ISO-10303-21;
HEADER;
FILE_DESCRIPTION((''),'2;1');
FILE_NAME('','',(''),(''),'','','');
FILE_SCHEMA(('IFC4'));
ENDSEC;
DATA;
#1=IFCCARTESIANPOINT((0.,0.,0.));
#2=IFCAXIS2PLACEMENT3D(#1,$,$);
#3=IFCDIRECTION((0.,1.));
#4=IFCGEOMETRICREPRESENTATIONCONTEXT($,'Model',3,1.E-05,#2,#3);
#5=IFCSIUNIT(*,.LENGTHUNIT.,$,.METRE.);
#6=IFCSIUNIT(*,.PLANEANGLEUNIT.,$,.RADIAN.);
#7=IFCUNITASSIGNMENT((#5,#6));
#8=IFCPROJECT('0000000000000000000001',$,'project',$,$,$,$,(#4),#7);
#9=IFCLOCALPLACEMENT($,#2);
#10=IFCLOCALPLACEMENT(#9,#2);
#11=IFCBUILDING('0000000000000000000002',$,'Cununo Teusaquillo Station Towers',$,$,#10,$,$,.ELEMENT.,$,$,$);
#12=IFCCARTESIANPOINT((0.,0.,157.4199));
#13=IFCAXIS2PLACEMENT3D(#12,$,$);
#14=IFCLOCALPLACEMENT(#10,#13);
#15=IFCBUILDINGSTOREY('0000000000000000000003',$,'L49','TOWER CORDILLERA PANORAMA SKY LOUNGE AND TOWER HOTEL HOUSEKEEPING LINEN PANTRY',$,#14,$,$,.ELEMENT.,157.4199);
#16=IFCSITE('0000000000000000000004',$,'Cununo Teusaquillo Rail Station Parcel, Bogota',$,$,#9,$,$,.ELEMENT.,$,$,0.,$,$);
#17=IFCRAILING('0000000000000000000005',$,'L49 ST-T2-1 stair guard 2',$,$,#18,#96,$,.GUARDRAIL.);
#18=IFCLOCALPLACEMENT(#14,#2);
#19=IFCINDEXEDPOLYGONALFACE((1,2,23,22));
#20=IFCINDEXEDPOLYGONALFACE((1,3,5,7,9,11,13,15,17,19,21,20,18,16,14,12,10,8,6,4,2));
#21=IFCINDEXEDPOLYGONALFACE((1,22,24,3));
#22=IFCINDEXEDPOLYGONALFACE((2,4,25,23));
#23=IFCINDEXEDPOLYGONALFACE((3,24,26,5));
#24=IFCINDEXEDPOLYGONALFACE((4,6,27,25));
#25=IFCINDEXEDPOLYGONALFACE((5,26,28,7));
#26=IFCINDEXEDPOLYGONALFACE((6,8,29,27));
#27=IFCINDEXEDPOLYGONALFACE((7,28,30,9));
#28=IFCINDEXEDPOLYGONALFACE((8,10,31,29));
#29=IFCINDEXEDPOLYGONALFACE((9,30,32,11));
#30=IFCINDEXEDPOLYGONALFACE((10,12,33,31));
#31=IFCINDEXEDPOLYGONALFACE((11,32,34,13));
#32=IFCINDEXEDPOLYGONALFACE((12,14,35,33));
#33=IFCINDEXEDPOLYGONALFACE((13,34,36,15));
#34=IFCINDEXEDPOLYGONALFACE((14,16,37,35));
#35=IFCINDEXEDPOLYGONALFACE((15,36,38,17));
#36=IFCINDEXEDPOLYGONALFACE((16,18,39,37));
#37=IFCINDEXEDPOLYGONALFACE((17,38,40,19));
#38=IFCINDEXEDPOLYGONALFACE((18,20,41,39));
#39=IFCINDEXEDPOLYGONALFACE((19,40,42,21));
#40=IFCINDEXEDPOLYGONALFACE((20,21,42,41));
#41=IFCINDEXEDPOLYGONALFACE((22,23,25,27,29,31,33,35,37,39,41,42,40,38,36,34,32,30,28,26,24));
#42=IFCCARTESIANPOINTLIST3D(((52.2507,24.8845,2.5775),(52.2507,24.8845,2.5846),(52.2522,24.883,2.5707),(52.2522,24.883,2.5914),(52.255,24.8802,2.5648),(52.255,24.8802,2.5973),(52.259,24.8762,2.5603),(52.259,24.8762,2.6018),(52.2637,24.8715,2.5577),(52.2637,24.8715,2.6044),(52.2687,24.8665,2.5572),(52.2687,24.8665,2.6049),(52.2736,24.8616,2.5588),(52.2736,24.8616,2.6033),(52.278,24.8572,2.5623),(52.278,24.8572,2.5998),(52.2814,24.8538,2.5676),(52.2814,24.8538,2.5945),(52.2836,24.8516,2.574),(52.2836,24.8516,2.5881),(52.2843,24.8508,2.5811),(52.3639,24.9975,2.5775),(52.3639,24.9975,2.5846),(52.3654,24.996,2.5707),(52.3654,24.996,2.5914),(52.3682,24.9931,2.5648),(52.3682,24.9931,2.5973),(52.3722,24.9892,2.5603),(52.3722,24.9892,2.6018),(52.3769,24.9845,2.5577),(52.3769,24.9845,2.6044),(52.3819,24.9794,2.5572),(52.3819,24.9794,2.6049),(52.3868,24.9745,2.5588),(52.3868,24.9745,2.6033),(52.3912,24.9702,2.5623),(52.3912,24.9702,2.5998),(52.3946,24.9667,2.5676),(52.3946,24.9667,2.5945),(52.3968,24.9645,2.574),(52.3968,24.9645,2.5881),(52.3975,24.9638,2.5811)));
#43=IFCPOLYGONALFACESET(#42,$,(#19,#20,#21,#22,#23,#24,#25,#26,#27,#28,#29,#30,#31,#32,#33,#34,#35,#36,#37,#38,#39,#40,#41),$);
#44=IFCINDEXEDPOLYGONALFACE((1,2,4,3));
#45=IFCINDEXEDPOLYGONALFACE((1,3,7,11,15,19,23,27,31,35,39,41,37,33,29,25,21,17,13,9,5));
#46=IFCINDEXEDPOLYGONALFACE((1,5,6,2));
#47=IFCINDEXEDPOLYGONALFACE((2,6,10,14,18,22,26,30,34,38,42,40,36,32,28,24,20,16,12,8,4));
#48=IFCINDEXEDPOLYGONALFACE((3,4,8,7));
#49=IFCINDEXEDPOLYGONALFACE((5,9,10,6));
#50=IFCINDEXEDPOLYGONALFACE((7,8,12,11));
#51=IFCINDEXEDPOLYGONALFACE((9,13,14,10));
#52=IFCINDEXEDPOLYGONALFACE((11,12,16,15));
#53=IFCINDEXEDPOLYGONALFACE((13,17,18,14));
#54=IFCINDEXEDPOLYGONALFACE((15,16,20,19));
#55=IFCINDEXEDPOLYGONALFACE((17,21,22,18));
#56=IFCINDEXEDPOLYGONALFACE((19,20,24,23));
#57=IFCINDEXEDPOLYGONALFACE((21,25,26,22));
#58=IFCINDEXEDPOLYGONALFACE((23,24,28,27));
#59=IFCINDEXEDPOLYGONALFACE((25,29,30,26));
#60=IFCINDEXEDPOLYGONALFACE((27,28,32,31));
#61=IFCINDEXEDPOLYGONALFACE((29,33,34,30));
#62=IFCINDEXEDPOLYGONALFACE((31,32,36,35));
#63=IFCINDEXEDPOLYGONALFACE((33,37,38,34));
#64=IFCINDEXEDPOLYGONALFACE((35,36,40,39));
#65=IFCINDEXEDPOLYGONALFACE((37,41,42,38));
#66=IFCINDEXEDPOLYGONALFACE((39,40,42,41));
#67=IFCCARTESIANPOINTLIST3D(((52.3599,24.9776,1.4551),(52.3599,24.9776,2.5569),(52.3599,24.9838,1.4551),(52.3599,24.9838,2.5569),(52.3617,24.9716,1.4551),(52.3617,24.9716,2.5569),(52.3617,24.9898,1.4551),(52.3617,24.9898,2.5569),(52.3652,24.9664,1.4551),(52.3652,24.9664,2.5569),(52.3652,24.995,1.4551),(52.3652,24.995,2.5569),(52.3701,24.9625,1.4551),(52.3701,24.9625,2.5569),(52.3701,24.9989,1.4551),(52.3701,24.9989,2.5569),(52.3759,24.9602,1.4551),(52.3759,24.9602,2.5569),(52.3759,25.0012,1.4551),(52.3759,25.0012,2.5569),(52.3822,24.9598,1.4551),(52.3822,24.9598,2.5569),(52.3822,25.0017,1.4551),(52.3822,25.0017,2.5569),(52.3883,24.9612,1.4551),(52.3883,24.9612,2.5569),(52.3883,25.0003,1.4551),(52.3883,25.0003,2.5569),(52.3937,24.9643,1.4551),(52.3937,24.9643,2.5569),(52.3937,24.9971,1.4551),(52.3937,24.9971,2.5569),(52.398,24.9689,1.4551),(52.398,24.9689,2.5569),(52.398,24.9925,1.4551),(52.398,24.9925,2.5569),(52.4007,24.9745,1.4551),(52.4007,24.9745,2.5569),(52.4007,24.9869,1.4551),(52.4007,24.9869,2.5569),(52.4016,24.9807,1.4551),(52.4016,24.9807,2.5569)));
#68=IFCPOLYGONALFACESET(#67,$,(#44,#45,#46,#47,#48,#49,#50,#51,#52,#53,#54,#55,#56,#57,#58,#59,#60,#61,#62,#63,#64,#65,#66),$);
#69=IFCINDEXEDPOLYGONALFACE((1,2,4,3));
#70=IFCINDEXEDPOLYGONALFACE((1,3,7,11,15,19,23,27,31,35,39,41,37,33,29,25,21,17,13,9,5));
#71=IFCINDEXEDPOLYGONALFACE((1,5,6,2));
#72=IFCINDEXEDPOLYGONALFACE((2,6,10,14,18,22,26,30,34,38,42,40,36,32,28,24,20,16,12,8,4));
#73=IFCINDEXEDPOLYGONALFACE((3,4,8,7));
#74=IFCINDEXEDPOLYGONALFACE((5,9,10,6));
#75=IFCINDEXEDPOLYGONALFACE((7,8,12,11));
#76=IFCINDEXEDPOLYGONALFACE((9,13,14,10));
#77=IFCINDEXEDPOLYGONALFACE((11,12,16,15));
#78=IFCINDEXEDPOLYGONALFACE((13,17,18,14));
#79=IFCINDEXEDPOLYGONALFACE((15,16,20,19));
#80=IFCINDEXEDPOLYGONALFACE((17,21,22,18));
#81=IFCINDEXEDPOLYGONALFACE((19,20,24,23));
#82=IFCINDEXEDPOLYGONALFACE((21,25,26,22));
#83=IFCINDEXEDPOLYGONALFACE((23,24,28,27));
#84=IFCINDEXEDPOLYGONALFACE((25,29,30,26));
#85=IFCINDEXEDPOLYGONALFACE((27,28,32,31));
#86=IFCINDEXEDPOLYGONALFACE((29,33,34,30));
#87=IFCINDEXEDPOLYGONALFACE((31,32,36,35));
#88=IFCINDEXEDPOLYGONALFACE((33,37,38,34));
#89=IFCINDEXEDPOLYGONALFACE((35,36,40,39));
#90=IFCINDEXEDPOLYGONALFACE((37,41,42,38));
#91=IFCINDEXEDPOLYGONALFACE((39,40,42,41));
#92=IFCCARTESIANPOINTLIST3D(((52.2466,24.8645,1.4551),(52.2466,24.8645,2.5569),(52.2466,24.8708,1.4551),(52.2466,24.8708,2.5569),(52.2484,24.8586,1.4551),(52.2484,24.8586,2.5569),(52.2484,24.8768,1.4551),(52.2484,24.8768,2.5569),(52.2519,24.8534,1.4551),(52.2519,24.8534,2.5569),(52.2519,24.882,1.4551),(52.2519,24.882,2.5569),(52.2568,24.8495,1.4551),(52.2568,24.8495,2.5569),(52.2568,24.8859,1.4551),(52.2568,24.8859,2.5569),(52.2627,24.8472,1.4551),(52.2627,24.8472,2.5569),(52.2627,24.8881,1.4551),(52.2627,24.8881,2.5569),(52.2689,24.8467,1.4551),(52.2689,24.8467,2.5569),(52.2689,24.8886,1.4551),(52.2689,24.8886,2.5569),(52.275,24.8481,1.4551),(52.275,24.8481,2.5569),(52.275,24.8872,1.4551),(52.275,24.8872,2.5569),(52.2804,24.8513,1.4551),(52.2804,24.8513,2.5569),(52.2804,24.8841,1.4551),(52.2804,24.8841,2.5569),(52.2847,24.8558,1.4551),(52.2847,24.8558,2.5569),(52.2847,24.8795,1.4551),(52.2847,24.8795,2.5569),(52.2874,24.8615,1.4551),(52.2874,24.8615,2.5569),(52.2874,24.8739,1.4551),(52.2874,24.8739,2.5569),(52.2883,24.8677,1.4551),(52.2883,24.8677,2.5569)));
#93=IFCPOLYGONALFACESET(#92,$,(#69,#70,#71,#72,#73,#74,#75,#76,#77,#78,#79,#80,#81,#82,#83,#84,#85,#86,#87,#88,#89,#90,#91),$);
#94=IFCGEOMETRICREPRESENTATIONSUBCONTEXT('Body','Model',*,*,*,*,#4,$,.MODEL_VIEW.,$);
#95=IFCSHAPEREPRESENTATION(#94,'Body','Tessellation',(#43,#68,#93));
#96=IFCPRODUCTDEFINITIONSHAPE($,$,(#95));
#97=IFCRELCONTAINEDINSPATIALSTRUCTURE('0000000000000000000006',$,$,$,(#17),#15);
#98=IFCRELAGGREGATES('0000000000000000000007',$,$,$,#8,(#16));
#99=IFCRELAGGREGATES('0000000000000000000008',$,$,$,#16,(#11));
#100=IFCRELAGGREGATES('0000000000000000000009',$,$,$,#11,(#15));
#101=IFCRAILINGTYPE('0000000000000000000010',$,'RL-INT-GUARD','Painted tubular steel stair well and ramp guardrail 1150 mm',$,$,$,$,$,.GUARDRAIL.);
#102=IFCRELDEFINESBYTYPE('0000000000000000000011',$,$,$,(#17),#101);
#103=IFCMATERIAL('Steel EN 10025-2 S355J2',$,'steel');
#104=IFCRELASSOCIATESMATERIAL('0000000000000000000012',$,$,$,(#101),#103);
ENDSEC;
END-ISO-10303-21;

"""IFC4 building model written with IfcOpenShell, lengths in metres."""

from ifc_helpers import new_model, si_unit, direction, frame, origin, origin_2d, place, context, subcontext, project, spatial, circle, extrude, material, type_object, element, save


model = new_model("IFC4")

# Units and contexts
model_context = context("Model", 3, precision=1e-05, world=origin(), true_north=direction((0.0, 1.0)))
body_context = subcontext(model_context, "Body", "Model", "MODEL_VIEW")
ifc_project = project(units=[si_unit("LENGTHUNIT", "METRE"), si_unit("PLANEANGLEUNIT", "RADIAN")], contexts=[model_context])

# Site, building, storey
site_placement = place(None, origin())
site = spatial("IfcSite", under=ifc_project, at=site_placement, Name="Cununo Teusaquillo Rail Station Parcel, Bogota", CompositionType="ELEMENT", RefElevation=0.0)
building_placement = place(site_placement, origin())
building = spatial("IfcBuilding", under=site, at=building_placement, Name="Cununo Teusaquillo Station Towers", CompositionType="ELEMENT")
storey_placement = place(building_placement, frame((0.0, 0.0, 157.4199)))
storey = spatial("IfcBuildingStorey", under=building, at=storey_placement, Name="L49", Description="TOWER CORDILLERA PANORAMA SKY LOUNGE AND TOWER HOTEL HOUSEKEEPING LINEN PANTRY", CompositionType="ELEMENT", Elevation=157.4199)

# Railing
ifc_material_1 = material(Name="Steel EN 10025-2 S355J2", Category="steel")
railing_type_1 = type_object("IfcRailingType", Name="RL-INT-GUARD", Description="Painted tubular steel stair well and ramp guardrail 1150 mm", PredefinedType="GUARDRAIL", material=ifc_material_1)
railing_1_placement = place(storey_placement, frame((52.3806, 24.9807, 1.4551)))
element("IfcRailing", 1, at=railing_1_placement, inside=storey, type_object=railing_type_1, Name="L49 ST-T2-1 stair guard 2", PredefinedType="GUARDRAIL", context=body_context, shape_type="SweptSolid", body=[
    extrude(circle(Radius=0.0239, at=origin_2d()), frame((0.0, 0.0, 1.126), z_axis=(-0.707869, -0.706344, 0.0), x_axis=(0.706344, -0.707869, 0.0)), (0.0, 0.0, 1.0), 0.1599),
    extrude(circle(Radius=0.021, at=origin_2d()), origin(), (0.0, 0.0, 1.0), 1.1018),
    extrude(circle(Radius=0.021, at=origin_2d()), frame((-0.1133, -0.113, 0.0)), (0.0, 0.0, 1.0), 1.1018),
])

save(model, "model.ifc")
